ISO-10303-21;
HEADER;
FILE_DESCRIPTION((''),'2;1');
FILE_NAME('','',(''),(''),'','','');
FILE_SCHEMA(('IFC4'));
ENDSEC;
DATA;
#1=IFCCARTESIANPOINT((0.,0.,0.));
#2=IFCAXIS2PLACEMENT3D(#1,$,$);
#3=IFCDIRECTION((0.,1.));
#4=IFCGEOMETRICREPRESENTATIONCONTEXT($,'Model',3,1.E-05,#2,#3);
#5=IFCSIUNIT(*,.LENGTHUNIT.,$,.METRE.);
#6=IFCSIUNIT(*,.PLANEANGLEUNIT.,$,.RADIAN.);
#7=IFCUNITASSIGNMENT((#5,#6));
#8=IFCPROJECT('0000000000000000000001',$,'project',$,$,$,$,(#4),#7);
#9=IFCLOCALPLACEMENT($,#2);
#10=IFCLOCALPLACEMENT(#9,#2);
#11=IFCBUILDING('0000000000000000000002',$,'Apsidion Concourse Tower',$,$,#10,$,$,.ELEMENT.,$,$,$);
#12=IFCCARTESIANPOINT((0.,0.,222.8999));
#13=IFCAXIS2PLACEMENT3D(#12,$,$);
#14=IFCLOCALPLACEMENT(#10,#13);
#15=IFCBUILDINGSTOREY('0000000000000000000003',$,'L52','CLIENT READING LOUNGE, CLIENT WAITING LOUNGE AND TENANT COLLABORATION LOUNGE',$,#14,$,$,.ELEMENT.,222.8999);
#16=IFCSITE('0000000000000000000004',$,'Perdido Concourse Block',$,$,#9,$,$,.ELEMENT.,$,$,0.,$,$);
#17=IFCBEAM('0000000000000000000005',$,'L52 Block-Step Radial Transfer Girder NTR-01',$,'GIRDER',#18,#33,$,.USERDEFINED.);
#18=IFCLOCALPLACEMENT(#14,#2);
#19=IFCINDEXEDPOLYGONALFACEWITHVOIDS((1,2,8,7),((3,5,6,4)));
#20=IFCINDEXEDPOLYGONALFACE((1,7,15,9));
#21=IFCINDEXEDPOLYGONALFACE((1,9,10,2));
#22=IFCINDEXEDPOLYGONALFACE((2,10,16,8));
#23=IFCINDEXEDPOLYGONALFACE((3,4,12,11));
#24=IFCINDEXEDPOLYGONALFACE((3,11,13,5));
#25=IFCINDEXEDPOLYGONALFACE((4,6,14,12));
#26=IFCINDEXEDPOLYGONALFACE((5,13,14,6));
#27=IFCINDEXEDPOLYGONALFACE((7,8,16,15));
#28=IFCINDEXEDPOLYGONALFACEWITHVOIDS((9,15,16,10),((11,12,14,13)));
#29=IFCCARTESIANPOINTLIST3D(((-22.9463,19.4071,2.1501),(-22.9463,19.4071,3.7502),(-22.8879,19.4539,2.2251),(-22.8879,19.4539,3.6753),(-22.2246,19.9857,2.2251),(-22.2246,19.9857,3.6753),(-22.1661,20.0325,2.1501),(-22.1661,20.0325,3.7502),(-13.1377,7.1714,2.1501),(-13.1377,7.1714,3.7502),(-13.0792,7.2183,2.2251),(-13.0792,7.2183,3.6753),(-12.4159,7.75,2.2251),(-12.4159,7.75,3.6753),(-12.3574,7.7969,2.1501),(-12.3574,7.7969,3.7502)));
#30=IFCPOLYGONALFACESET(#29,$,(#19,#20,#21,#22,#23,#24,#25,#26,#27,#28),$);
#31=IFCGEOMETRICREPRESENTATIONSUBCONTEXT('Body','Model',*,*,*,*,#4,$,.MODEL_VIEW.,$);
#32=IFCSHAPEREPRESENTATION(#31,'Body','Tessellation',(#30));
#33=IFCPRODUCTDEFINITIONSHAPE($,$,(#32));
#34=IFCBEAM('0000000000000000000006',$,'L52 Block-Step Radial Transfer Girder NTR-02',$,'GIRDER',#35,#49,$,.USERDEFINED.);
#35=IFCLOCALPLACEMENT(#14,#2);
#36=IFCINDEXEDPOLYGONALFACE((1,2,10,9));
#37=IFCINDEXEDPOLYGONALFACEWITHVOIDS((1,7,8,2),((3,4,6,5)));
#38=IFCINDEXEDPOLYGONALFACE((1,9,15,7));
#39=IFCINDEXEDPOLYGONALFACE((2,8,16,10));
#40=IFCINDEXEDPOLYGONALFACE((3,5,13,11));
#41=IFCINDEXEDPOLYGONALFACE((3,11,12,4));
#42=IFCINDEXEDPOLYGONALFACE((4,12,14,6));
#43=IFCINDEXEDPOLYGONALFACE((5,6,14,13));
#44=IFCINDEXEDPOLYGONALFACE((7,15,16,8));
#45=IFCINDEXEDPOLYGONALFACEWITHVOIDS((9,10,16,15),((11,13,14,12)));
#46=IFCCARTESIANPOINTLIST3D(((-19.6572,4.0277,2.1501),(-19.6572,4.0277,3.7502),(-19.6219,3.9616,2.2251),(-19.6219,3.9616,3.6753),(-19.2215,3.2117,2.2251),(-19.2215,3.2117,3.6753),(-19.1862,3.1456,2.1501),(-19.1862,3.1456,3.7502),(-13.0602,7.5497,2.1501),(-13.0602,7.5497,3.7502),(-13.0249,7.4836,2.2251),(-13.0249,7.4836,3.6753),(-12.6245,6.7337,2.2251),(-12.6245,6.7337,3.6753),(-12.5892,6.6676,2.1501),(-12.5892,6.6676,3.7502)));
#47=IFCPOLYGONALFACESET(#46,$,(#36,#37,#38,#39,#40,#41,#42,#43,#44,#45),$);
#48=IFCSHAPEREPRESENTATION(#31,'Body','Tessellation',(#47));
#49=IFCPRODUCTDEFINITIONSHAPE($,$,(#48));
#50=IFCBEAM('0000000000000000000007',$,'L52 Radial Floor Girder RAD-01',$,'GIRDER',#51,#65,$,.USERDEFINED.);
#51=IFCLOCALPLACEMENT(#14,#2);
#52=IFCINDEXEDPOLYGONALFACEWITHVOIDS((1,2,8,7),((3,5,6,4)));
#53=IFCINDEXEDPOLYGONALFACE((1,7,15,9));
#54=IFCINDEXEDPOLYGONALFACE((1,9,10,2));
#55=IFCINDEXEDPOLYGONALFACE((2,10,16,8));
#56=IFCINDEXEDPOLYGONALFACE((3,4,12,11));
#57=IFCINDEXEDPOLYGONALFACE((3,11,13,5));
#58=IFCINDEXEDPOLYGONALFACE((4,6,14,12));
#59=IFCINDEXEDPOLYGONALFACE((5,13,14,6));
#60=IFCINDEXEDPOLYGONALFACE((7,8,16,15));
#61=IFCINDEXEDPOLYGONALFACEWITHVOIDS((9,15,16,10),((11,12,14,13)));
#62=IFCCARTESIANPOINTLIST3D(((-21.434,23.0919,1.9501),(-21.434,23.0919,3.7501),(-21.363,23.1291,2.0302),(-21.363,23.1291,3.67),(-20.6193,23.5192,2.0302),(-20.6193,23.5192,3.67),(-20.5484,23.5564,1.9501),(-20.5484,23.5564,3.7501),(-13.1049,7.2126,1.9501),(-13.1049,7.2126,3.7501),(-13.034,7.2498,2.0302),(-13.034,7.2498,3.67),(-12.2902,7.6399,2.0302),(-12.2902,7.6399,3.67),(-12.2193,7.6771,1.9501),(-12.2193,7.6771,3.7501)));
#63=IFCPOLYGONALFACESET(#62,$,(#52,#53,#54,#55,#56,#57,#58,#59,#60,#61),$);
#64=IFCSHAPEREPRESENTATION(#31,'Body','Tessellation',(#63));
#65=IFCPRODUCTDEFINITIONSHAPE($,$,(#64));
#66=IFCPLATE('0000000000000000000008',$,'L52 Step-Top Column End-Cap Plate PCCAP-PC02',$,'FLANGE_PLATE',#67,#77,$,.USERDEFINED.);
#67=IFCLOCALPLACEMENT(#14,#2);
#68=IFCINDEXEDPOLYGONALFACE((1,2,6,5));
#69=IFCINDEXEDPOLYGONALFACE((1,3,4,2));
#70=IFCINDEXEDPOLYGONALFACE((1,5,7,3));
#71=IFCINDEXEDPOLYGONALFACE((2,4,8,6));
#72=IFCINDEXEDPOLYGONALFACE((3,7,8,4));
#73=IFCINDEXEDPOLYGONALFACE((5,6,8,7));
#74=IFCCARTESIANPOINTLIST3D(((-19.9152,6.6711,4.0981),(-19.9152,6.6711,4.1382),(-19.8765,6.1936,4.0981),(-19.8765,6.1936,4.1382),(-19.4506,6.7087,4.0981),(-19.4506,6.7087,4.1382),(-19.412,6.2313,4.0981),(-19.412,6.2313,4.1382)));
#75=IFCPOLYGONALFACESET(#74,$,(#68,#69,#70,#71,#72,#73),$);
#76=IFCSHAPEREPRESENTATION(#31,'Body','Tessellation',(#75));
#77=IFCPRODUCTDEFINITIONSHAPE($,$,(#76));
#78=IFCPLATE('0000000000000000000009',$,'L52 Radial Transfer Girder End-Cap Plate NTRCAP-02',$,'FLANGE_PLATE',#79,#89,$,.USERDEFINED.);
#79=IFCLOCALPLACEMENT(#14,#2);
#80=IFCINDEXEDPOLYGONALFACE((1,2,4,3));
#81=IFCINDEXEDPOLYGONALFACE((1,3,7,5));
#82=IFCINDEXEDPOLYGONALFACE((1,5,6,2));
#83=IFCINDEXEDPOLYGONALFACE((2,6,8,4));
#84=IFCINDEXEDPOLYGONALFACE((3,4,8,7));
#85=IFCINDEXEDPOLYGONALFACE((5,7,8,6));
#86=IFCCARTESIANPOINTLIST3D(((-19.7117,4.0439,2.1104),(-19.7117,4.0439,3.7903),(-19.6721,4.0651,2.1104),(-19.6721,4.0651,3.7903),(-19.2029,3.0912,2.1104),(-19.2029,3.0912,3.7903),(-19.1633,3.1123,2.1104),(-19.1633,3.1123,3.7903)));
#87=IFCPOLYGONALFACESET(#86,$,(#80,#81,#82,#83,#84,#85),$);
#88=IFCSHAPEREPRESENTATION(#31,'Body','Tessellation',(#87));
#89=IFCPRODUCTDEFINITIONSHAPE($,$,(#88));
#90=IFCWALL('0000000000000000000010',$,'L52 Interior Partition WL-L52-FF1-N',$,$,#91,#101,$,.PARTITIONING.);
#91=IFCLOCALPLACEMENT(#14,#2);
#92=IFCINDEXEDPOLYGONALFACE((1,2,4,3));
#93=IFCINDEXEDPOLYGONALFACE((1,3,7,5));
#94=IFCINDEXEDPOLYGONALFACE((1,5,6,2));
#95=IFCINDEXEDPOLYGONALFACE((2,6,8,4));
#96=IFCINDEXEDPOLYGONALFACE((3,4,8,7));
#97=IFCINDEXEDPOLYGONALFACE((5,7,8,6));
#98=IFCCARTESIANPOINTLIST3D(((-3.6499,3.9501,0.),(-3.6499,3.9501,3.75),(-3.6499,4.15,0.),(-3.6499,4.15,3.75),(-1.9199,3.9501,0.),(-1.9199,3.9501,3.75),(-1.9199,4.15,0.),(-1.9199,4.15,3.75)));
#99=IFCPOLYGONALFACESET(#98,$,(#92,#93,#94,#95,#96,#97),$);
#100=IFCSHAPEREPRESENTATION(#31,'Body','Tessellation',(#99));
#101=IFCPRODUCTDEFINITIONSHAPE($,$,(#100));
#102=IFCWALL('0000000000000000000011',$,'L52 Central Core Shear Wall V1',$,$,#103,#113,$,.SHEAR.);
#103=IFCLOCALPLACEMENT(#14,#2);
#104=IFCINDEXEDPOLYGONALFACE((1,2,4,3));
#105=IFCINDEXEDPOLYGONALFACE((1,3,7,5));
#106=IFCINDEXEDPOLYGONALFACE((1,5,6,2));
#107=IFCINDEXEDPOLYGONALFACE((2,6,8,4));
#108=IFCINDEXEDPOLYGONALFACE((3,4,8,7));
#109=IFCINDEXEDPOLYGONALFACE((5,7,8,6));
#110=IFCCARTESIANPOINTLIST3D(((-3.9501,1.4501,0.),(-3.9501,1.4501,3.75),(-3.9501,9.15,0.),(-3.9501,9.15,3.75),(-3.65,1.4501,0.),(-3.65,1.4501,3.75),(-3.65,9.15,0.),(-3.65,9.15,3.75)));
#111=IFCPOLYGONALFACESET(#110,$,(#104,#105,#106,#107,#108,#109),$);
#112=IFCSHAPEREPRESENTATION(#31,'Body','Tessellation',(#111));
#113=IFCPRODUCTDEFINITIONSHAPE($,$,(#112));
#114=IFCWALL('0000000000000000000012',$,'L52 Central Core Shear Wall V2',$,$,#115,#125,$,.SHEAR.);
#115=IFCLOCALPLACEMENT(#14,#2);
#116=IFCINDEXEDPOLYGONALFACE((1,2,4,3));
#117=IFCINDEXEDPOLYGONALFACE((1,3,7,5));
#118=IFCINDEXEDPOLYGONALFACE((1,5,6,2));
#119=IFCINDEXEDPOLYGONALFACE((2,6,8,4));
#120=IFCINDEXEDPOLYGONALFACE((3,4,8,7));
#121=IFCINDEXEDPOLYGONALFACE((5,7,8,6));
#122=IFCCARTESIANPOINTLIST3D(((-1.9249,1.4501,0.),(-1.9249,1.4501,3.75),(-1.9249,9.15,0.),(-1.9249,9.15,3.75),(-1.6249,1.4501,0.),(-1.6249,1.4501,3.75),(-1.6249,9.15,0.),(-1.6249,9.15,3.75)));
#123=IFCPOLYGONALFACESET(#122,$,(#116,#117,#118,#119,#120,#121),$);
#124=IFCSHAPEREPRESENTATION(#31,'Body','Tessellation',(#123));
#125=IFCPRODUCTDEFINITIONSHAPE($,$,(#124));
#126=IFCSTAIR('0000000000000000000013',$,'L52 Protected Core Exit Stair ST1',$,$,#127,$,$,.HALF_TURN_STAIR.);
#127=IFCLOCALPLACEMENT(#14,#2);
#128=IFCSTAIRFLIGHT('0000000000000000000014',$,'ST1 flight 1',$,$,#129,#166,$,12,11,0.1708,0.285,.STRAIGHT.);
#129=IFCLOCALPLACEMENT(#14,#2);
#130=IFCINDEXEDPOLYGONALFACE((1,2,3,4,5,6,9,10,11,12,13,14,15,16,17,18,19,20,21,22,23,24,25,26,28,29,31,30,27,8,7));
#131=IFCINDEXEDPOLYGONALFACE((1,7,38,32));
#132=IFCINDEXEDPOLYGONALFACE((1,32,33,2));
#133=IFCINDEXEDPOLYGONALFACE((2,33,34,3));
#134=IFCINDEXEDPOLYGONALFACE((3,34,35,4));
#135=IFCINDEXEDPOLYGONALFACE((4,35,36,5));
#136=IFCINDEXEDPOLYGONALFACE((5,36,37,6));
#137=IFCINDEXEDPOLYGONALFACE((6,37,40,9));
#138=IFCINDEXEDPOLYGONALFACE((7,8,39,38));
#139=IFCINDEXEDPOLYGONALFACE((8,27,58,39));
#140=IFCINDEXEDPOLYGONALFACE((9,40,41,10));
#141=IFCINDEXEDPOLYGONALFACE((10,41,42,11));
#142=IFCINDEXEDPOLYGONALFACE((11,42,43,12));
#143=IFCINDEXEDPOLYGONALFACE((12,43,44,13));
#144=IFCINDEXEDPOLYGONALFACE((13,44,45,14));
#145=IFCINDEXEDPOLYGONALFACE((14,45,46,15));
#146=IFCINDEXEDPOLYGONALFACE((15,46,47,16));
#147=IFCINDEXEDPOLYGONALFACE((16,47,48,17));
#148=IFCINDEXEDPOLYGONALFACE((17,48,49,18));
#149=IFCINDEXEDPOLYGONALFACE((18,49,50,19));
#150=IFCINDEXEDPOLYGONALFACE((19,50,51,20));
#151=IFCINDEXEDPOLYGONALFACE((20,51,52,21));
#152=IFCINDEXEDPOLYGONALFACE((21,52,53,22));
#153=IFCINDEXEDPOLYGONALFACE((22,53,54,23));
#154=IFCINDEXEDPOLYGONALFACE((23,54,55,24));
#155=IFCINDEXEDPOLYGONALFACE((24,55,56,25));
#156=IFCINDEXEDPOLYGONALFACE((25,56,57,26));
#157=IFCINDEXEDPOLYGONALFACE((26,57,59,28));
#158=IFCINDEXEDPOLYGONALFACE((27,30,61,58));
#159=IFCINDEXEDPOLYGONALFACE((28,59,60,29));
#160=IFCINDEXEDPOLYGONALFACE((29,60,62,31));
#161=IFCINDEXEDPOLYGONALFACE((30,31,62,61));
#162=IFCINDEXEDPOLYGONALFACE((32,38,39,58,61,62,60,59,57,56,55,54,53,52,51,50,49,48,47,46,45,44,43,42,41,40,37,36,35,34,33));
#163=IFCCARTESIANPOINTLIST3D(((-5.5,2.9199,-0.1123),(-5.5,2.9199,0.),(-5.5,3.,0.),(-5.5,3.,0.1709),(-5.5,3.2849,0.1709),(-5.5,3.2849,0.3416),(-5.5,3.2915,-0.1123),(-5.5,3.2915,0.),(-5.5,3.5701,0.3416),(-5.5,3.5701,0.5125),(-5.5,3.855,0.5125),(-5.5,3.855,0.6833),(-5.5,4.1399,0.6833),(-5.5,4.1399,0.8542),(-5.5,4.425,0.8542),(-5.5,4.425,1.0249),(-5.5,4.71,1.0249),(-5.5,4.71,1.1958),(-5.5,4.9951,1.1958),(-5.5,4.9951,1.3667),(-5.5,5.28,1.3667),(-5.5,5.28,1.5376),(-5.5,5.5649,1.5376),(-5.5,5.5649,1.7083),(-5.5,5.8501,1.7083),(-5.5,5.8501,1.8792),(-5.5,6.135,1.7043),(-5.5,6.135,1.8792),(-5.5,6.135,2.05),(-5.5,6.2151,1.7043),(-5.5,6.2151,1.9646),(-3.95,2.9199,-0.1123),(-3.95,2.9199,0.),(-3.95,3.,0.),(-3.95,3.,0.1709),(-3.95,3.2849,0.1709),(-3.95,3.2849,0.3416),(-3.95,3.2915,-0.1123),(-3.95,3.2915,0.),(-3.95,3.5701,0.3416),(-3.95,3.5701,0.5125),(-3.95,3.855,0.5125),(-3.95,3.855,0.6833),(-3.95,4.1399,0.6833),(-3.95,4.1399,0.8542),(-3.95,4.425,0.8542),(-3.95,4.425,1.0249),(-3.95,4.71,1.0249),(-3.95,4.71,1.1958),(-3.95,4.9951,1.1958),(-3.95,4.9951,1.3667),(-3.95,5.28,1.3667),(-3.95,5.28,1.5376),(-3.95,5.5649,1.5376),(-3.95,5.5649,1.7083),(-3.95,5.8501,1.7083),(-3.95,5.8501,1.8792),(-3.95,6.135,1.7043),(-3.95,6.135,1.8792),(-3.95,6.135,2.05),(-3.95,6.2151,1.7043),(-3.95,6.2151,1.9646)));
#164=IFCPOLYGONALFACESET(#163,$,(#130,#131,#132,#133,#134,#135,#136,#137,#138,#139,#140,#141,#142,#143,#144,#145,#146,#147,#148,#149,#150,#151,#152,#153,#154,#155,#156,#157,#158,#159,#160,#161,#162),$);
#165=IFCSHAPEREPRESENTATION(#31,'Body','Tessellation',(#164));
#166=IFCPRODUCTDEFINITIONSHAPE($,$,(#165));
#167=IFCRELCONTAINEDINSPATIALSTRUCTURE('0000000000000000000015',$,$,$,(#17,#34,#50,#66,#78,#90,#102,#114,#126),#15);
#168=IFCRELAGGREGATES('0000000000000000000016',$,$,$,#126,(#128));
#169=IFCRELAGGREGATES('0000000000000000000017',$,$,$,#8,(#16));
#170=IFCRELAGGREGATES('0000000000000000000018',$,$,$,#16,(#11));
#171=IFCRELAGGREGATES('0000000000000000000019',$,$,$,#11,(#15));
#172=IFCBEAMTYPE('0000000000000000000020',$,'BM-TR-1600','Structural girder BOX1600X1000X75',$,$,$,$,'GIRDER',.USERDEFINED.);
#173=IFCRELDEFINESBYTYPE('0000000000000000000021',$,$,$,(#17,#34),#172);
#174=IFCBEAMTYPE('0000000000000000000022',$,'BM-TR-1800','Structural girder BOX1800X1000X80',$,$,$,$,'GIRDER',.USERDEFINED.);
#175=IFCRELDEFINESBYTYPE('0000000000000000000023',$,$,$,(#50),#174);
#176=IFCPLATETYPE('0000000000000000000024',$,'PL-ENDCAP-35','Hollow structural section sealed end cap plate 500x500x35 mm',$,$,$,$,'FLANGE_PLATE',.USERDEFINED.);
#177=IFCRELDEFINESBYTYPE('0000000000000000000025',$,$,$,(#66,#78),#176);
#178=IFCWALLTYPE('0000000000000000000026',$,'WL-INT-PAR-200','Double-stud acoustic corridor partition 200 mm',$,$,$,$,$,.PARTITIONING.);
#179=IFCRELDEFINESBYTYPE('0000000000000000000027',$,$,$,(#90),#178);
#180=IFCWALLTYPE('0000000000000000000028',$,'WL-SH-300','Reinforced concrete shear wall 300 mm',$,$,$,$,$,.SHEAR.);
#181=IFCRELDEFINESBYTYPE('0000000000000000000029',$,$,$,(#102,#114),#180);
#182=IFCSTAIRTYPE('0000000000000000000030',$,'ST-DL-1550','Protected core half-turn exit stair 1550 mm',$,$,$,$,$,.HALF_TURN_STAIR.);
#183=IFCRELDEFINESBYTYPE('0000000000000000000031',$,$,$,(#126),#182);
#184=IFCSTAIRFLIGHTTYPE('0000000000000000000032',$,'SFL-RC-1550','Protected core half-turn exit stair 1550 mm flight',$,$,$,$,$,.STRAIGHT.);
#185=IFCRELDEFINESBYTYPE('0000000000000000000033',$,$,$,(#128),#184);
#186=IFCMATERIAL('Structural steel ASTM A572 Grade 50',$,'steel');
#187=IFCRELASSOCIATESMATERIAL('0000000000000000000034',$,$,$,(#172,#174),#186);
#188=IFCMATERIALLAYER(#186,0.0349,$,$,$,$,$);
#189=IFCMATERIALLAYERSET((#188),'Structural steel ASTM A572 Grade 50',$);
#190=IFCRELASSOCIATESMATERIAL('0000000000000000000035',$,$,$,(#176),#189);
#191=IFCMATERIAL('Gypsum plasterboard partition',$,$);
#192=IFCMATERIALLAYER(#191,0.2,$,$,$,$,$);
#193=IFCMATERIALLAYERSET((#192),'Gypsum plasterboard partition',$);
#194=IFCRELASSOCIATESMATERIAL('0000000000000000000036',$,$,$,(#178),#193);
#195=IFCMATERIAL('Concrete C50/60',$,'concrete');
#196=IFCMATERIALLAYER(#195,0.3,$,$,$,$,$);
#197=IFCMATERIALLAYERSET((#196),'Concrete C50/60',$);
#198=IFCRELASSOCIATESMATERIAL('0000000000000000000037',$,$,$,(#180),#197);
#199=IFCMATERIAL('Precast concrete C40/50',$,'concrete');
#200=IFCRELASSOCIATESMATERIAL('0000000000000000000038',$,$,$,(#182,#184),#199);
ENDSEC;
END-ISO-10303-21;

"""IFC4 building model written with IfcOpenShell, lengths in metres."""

from ifc_helpers import new_model, si_unit, direction, frame, frame_2d, origin, origin_2d, place, context, subcontext, project, spatial, polyline, rectangle, hollow_rectangle, outline, extrude, material, layer, layer_set, material_profile, profile_set, type_object, element, aggregate, save


model = new_model("IFC4")

# Units and contexts
model_context = context("Model", 3, precision=1e-05, world=origin(), true_north=direction((0.0, 1.0)))
body_context = subcontext(model_context, "Body", "Model", "MODEL_VIEW")
ifc_project = project(units=[si_unit("LENGTHUNIT", "METRE"), si_unit("PLANEANGLEUNIT", "RADIAN")], contexts=[model_context])

# Site, building, storey
site_placement = place(None, origin())
site = spatial("IfcSite", under=ifc_project, at=site_placement, Name="Perdido Concourse Block", CompositionType="ELEMENT", RefElevation=0.0)
building_placement = place(site_placement, origin())
building = spatial("IfcBuilding", under=site, at=building_placement, Name="Apsidion Concourse Tower", CompositionType="ELEMENT")
storey_placement = place(building_placement, frame((0.0, 0.0, 222.8999)))
storey = spatial("IfcBuildingStorey", under=building, at=storey_placement, Name="L52", Description="CLIENT READING LOUNGE, CLIENT WAITING LOUNGE AND TENANT COLLABORATION LOUNGE", CompositionType="ELEMENT", Elevation=222.8999)

# Shared definitions
ifc_material_1 = material(Name="Concrete C50/60", Category="concrete")

# Beams
ifc_material_2 = material(Name="Structural steel ASTM A572 Grade 50", Category="steel")
ifc_material_profile_1 = material_profile(ifc_material_2, hollow_rectangle(XDim=1.0, YDim=1.6001, WallThickness=0.075, at=origin_2d()), Name="BOX1600X1000X75")
ifc_profile_set_1 = profile_set([ifc_material_profile_1], Name="Structural steel ASTM A572 Grade 50")
beam_type_1 = type_object("IfcBeamType", Name="BM-TR-1600", Description="Structural girder BOX1600X1000X75", ElementType="GIRDER", PredefinedType="USERDEFINED", material=ifc_profile_set_1)
beam_1_placement = place(storey_placement, frame((-12.7476, 7.4841, 2.9502), z_axis=(-0.625477, 0.780243, 0.0), x_axis=(-0.780243, -0.625477, 0.0)))
element("IfcBeam", 1, at=beam_1_placement, inside=storey, type_object=beam_type_1, Name="L52 Block-Step Radial Transfer Girder NTR-01", ObjectType="GIRDER", PredefinedType="USERDEFINED", context=body_context, shape_type="SweptSolid", body=[
    extrude(hollow_rectangle(XDim=1.0, YDim=1.6001, WallThickness=0.075, at=origin_2d()), origin(), (0.0, 0.0, 1.0), 15.6819),
])
beam_2_placement = place(storey_placement, frame((-12.8247, 7.1086, 2.9502), z_axis=(-0.882152, -0.470964, 0.0), x_axis=(0.470964, -0.882152, 0.0)))
element("IfcBeam", 2, at=beam_2_placement, inside=storey, type_object=beam_type_1, Name="L52 Block-Step Radial Transfer Girder NTR-02", ObjectType="GIRDER", PredefinedType="USERDEFINED", context=body_context, shape_type="SweptSolid", body=[
    extrude(hollow_rectangle(XDim=1.0, YDim=1.6001, WallThickness=0.075, at=origin_2d()), origin(), (0.0, 0.0, 1.0), 7.4783),
])
ifc_material_profile_2 = material_profile(ifc_material_2, hollow_rectangle(XDim=1.0, YDim=1.8, WallThickness=0.0801, at=origin_2d()), Name="BOX1800X1000X80")
ifc_profile_set_2 = profile_set([ifc_material_profile_2], Name="Structural steel ASTM A572 Grade 50")
beam_type_2 = type_object("IfcBeamType", Name="BM-TR-1800", Description="Structural girder BOX1800X1000X80", ElementType="GIRDER", PredefinedType="USERDEFINED", material=ifc_profile_set_2)
beam_3_placement = place(storey_placement, frame((-12.6621, 7.4448, 2.8501), z_axis=(-0.464502, 0.885572, 0.0), x_axis=(-0.885572, -0.464502, 0.0)))
element("IfcBeam", 3, at=beam_3_placement, inside=storey, type_object=beam_type_2, Name="L52 Radial Floor Girder RAD-01", ObjectType="GIRDER", PredefinedType="USERDEFINED", context=body_context, shape_type="SweptSolid", body=[
    extrude(hollow_rectangle(XDim=1.0, YDim=1.8, WallThickness=0.0801, at=origin_2d()), origin(), (0.0, 0.0, 1.0), 17.9312),
])

# Plates
ifc_layer_1 = layer(ifc_material_2, 0.0349)
ifc_layer_set_1 = layer_set([ifc_layer_1], Name="Structural steel ASTM A572 Grade 50")
plate_type = type_object("IfcPlateType", Name="PL-ENDCAP-35", Description="Hollow structural section sealed end cap plate 500x500x35 mm", ElementType="FLANGE_PLATE", PredefinedType="USERDEFINED", material=ifc_layer_set_1)
plate_1_placement = place(storey_placement, frame((-19.6636, 6.4512, 4.0981), z_axis=(0.0, 0.0, 1.0), x_axis=(-0.080721, 0.996737, 0.0)))
element("IfcPlate", 4, at=plate_1_placement, inside=storey, type_object=plate_type, Name="L52 Step-Top Column End-Cap Plate PCCAP-PC02", ObjectType="FLANGE_PLATE", PredefinedType="USERDEFINED", context=body_context, shape_type="SweptSolid", body=[
    extrude(rectangle(XDim=0.479, YDim=0.4661, at=origin_2d()), origin(), (0.0, 0.0, 1.0), 0.04),
])
plate_2_placement = place(storey_placement, frame((-19.4375, 3.5781, 2.1104), z_axis=(0.0, 0.0, 1.0), x_axis=(-0.882127, -0.471012, 0.0)))
element("IfcPlate", 5, at=plate_2_placement, inside=storey, type_object=plate_type, Name="L52 Radial Transfer Girder End-Cap Plate NTRCAP-02", ObjectType="FLANGE_PLATE", PredefinedType="USERDEFINED", context=body_context, shape_type="SweptSolid", body=[
    extrude(rectangle(XDim=0.0449, YDim=1.0801, at=origin_2d()), origin(), (0.0, 0.0, 1.0), 1.6799),
])

# Walls
ifc_material_3 = material(Name="Gypsum plasterboard partition")
ifc_layer_2 = layer(ifc_material_3, 0.2)
ifc_layer_set_2 = layer_set([ifc_layer_2], Name="Gypsum plasterboard partition")
wall_type_1 = type_object("IfcWallType", Name="WL-INT-PAR-200", Description="Double-stud acoustic corridor partition 200 mm", PredefinedType="PARTITIONING", material=ifc_layer_set_2)
wall_1_placement = place(storey_placement, frame((-3.6499, 4.05, 0.0), z_axis=(0.0, 0.0, 1.0), x_axis=(1.0, 0.0, 0.0)))
element("IfcWall", 6, at=wall_1_placement, inside=storey, type_object=wall_type_1, Name="L52 Interior Partition WL-L52-FF1-N", PredefinedType="PARTITIONING", context=body_context, shape_type="SweptSolid", body=[
    extrude(rectangle(XDim=1.73, YDim=0.2, at=frame_2d((0.865, 0.0))), origin(), (0.0, 0.0, 1.0), 3.75),
])
ifc_layer_3 = layer(ifc_material_1, 0.3)
ifc_layer_set_3 = layer_set([ifc_layer_3], Name="Concrete C50/60")
wall_type_2 = type_object("IfcWallType", Name="WL-SH-300", Description="Reinforced concrete shear wall 300 mm", PredefinedType="SHEAR", material=ifc_layer_set_3)
for number, where, z_axis, x_axis, name in (
    (7, (-3.8, 1.45, 0.0), (0.0, 0.0, 1.0), (0.0, 1.0, 0.0), "L52 Central Core Shear Wall V1"),
    (8, (-1.7749, 1.45, 0.0), (0.0, 0.0, 1.0), (0.0, 1.0, 0.0), "L52 Central Core Shear Wall V2"),
):
    element("IfcWall", number, at=place(storey_placement, frame(where, z_axis=z_axis, x_axis=x_axis)), inside=storey, type_object=wall_type_2, Name=name, PredefinedType="SHEAR", context=body_context, shape_type="SweptSolid", body=[
        extrude(rectangle(XDim=7.7, YDim=0.3, at=frame_2d((3.8501, 0.0))), origin(), (0.0, 0.0, 1.0), 3.75),
    ])

# Stair, stair flight
ifc_material_4 = material(Name="Precast concrete C40/50", Category="concrete")
stair_type = type_object("IfcStairType", Name="ST-DL-1550", Description="Protected core half-turn exit stair 1550 mm", PredefinedType="HALF_TURN_STAIR", material=ifc_material_4)
stair_placement = place(storey_placement, origin())
stair = element("IfcStair", 9, at=stair_placement, inside=storey, type_object=stair_type, Name="L52 Protected Core Exit Stair ST1", PredefinedType="HALF_TURN_STAIR")
stair_flight_type = type_object("IfcStairFlightType", Name="SFL-RC-1550", Description="Protected core half-turn exit stair 1550 mm flight", PredefinedType="STRAIGHT", material=ifc_material_4)
stair_flight_1_placement = place(storey_placement, frame((-4.7251, 3.0, 0.0), z_axis=(0.0, 0.0, 1.0), x_axis=(0.0, 1.0, 0.0)))
stair_flight_1 = element("IfcStairFlight", 10, at=stair_flight_1_placement, type_object=stair_flight_type, Name="ST1 flight 1", NumberOfRisers=12, NumberOfTreads=11, PredefinedType="STRAIGHT", RiserHeight=0.1708, TreadLength=0.285, context=body_context, shape_type="SweptSolid", body=[
    extrude(outline(polyline([(-0.0801, -0.1123), (-0.0801, 0.0), (0.0, 0.0), (0.0, 0.1709), (0.2849, 0.1709), (0.2849, 0.3416), (0.5701, 0.3416), (0.5701, 0.5125), (0.855, 0.5125), (0.855, 0.6833), (1.1399, 0.6833), (1.1399, 0.8542), (1.425, 0.8542), (1.425, 1.0249), (1.71, 1.0249), (1.71, 1.1958), (1.9951, 1.1958), (1.9951, 1.3667), (2.28, 1.3667), (2.28, 1.5376), (2.5649, 1.5376), (2.5649, 1.7083), (2.8501, 1.7083), (2.8501, 1.8792), (3.135, 1.8792), (3.135, 2.05), (3.2151, 1.9646), (3.2151, 1.7043), (3.135, 1.7043), (0.2915, 0.0), (0.2915, -0.1123), (-0.0801, -0.1123)])), frame((0.0, 0.7749, 0.0), z_axis=(0.0, -1.0, 0.0), x_axis=(1.0, 0.0, 0.0)), (0.0, 0.0, 1.0), 1.55),
])
aggregate(stair, [stair_flight_1])

save(model, "model.ifc")
